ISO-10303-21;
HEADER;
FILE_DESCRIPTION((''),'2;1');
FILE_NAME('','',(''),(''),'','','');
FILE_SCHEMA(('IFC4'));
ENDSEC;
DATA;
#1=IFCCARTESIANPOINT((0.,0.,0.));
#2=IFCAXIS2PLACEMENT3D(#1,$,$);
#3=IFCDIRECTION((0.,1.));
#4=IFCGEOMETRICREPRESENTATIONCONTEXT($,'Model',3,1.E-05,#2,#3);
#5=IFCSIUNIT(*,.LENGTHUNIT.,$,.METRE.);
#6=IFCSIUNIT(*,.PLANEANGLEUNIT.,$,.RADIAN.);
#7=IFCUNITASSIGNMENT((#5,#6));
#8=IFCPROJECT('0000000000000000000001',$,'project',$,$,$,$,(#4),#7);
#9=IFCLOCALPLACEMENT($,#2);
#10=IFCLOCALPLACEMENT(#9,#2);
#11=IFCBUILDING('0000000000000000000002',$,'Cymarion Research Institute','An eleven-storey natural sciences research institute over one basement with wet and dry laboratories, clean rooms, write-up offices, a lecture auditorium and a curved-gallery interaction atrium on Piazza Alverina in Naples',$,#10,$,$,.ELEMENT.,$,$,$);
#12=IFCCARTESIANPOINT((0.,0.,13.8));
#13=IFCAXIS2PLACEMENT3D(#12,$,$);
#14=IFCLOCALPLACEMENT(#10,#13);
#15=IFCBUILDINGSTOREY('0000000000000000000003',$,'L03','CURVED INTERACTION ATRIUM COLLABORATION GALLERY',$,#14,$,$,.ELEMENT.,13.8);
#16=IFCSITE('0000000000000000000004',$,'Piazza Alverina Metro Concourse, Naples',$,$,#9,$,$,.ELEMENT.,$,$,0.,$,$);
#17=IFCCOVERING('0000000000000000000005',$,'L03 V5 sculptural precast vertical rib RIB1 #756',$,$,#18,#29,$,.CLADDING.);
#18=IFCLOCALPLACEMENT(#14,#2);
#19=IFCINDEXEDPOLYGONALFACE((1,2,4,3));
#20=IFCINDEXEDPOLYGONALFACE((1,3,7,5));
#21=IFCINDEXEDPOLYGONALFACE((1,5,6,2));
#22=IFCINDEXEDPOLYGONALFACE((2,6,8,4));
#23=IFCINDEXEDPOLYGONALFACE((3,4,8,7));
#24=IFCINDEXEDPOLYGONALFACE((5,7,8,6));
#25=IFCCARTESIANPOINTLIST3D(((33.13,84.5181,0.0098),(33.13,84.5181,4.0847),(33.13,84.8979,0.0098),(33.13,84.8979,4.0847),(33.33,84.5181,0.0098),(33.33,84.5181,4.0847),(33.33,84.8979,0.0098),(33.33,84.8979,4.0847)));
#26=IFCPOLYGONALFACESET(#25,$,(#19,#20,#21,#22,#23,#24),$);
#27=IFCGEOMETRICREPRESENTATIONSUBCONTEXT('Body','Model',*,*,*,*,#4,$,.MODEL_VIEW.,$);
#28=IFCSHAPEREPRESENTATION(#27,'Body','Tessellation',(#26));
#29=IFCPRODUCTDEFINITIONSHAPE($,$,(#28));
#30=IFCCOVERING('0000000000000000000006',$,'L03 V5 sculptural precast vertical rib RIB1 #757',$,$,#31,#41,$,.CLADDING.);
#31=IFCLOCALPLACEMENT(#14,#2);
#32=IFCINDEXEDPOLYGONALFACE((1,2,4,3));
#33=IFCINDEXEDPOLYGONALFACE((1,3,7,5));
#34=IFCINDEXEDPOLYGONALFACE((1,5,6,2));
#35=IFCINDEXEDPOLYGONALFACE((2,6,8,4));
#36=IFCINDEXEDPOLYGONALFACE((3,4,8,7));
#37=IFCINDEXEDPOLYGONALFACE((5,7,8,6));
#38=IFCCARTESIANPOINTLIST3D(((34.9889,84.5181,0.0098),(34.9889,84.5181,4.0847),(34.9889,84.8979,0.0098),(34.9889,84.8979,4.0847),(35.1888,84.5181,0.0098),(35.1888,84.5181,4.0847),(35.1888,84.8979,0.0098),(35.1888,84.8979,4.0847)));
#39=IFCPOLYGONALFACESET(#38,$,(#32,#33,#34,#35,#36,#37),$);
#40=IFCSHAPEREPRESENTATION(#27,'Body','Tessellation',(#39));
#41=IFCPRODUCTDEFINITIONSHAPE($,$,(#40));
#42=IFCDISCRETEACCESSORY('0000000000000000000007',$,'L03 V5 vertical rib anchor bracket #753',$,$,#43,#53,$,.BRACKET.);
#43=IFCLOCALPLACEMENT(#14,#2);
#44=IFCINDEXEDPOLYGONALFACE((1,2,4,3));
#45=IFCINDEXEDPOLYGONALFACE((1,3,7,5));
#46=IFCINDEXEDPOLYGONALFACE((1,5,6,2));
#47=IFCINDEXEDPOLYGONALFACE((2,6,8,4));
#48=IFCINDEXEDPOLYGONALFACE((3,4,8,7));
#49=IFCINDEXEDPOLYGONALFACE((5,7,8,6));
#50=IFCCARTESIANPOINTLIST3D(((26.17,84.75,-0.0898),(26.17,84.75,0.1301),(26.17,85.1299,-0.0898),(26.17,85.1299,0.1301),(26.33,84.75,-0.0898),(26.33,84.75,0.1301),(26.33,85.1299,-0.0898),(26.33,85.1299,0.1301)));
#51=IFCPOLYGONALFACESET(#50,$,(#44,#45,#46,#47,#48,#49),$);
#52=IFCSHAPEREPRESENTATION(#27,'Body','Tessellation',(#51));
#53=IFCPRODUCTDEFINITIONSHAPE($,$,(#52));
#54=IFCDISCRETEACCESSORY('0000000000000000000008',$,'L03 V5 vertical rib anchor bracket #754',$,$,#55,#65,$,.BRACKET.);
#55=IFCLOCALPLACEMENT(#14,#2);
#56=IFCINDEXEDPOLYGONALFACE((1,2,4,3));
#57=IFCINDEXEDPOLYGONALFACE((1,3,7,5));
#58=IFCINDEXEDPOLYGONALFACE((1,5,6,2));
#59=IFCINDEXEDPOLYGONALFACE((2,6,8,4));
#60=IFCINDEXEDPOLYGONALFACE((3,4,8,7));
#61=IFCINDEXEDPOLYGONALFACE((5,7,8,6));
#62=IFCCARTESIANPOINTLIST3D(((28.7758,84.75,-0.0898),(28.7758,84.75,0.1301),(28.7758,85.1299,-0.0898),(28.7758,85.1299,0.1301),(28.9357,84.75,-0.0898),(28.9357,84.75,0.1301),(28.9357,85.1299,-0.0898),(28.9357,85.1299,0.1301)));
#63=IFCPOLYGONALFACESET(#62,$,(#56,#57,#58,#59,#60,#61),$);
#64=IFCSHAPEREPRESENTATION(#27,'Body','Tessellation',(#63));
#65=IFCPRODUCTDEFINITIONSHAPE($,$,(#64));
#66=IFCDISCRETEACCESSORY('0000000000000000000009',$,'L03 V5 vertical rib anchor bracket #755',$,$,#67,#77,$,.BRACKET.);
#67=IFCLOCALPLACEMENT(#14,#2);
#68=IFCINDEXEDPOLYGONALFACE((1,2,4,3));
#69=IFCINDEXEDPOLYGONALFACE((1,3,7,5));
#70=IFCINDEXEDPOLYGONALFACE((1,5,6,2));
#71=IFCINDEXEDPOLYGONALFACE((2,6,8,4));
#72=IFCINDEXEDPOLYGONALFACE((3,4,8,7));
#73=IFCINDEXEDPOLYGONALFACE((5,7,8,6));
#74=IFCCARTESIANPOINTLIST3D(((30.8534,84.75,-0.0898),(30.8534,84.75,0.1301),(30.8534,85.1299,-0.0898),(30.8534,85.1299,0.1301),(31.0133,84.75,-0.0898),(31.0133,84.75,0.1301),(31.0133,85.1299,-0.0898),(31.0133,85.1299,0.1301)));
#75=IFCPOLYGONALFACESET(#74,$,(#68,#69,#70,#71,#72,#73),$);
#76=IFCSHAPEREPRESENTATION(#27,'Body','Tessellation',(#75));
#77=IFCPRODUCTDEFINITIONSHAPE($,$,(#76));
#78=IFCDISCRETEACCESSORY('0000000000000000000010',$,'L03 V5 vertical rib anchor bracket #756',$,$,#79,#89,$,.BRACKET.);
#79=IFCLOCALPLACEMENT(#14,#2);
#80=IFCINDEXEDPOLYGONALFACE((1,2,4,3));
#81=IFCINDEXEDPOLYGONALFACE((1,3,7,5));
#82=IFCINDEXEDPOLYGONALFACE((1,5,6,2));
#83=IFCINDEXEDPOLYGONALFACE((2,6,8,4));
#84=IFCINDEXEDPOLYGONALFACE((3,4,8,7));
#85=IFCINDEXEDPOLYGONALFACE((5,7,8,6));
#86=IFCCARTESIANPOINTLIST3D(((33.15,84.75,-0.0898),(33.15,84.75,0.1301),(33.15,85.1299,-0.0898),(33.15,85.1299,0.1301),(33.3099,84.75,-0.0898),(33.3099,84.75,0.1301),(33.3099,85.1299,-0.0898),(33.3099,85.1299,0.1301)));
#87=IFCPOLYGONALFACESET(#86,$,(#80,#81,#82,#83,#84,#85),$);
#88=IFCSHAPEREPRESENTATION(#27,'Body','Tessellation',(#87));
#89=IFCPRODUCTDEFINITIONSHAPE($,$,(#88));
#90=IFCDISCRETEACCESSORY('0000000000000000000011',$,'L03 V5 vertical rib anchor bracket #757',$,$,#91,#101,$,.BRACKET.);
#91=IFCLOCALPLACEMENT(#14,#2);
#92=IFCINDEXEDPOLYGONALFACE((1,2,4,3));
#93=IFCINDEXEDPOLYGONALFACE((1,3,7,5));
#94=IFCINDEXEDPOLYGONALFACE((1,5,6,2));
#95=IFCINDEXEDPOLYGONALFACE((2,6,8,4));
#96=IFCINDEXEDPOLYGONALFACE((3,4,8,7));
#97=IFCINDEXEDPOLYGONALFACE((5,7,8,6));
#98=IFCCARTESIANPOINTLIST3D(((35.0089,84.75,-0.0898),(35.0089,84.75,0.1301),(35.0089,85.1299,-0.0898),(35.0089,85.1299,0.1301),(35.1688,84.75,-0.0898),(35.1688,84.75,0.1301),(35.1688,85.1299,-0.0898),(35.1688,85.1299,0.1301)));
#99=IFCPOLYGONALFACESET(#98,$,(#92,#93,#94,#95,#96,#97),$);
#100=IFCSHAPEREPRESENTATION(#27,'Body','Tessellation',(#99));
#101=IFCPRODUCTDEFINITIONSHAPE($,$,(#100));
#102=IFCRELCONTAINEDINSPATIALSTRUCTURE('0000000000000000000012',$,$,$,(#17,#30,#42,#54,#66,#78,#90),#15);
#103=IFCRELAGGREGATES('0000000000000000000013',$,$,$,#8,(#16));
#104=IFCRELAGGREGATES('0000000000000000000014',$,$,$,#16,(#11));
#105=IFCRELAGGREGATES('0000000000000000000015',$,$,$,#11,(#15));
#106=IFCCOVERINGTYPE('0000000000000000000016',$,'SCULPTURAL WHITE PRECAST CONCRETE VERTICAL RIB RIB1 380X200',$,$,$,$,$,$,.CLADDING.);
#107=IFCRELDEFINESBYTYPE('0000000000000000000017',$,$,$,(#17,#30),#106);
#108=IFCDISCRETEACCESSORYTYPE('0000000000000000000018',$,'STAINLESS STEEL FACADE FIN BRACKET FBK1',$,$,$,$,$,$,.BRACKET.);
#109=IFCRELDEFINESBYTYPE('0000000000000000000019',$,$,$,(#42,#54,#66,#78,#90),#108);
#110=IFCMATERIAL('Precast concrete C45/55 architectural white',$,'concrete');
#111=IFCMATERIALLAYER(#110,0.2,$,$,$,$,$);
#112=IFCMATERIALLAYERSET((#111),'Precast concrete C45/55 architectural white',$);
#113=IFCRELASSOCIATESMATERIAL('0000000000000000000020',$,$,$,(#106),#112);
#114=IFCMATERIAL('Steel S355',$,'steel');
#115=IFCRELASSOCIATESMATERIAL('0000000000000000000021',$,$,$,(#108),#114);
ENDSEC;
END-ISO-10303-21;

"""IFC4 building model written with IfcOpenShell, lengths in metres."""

from ifc_helpers import new_model, si_unit, direction, frame, origin, origin_2d, place, context, subcontext, project, spatial, rectangle, extrude, material, layer, layer_set, type_object, element, save


model = new_model("IFC4")

# Units and contexts
model_context = context("Model", 3, precision=1e-05, world=origin(), true_north=direction((0.0, 1.0)))
body_context = subcontext(model_context, "Body", "Model", "MODEL_VIEW")
ifc_project = project(units=[si_unit("LENGTHUNIT", "METRE"), si_unit("PLANEANGLEUNIT", "RADIAN")], contexts=[model_context])

# Site, building, storey
site_placement = place(None, origin())
site = spatial("IfcSite", under=ifc_project, at=site_placement, Name="Piazza Alverina Metro Concourse, Naples", CompositionType="ELEMENT", RefElevation=0.0)
building_placement = place(site_placement, origin())
building = spatial("IfcBuilding", under=site, at=building_placement, Name="Cymarion Research Institute", Description="An eleven-storey natural sciences research institute over one basement with wet and dry laboratories, clean rooms, write-up offices, a lecture auditorium and a curved-gallery interaction atrium on Piazza Alverina in Naples", CompositionType="ELEMENT")
storey_placement = place(building_placement, frame((0.0, 0.0, 13.8)))
storey = spatial("IfcBuildingStorey", under=building, at=storey_placement, Name="L03", Description="CURVED INTERACTION ATRIUM COLLABORATION GALLERY", CompositionType="ELEMENT", Elevation=13.8)

# Shared definitions
ifc_material_1 = material(Name="Steel S355", Category="steel")

# Coverings
ifc_material_2 = material(Name="Precast concrete C45/55 architectural white", Category="concrete")
ifc_layer_1 = layer(ifc_material_2, 0.2)
ifc_layer_set_1 = layer_set([ifc_layer_1], Name="Precast concrete C45/55 architectural white")
covering_type = type_object("IfcCoveringType", Name="SCULPTURAL WHITE PRECAST CONCRETE VERTICAL RIB RIB1 380X200", PredefinedType="CLADDING", material=ifc_layer_set_1)
for number, where, z_axis, x_axis, name in (
    (1, (33.23, 84.708, 0.0098), (0.0, 0.0, 1.0), (0.0, -1.0, 0.0), "L03 V5 sculptural precast vertical rib RIB1 #756"),
    (2, (35.0889, 84.708, 0.0098), (0.0, 0.0, 1.0), (0.0, -1.0, 0.0), "L03 V5 sculptural precast vertical rib RIB1 #757"),
):
    element("IfcCovering", number, at=place(storey_placement, frame(where, z_axis=z_axis, x_axis=x_axis)), inside=storey, type_object=covering_type, Name=name, PredefinedType="CLADDING", context=body_context, shape_type="SweptSolid", body=[
        extrude(rectangle(XDim=0.3799, YDim=0.2, at=origin_2d()), origin(), (0.0, 0.0, 1.0), 4.075),
    ])

# Discrete accessories
discrete_accessory_type = type_object("IfcDiscreteAccessoryType", Name="STAINLESS STEEL FACADE FIN BRACKET FBK1", PredefinedType="BRACKET", material=ifc_material_1)
for number, where, z_axis, x_axis, name in (
    (3, (26.25, 84.9399, -0.0898), (0.0, 0.0, 1.0), (0.0, -1.0, 0.0), "L03 V5 vertical rib anchor bracket #753"),
    (4, (28.8557, 84.9399, -0.0898), (0.0, 0.0, 1.0), (0.0, -1.0, 0.0), "L03 V5 vertical rib anchor bracket #754"),
    (5, (30.9333, 84.9399, -0.0898), (0.0, 0.0, 1.0), (0.0, -1.0, 0.0), "L03 V5 vertical rib anchor bracket #755"),
    (6, (33.23, 84.9399, -0.0898), (0.0, 0.0, 1.0), (0.0, -1.0, 0.0), "L03 V5 vertical rib anchor bracket #756"),
    (7, (35.0889, 84.9399, -0.0898), (0.0, 0.0, 1.0), (0.0, -1.0, 0.0), "L03 V5 vertical rib anchor bracket #757"),
):
    element("IfcDiscreteAccessory", number, at=place(storey_placement, frame(where, z_axis=z_axis, x_axis=x_axis)), inside=storey, type_object=discrete_accessory_type, Name=name, PredefinedType="BRACKET", context=body_context, shape_type="SweptSolid", body=[
        extrude(rectangle(XDim=0.3799, YDim=0.1599, at=origin_2d()), origin(), (0.0, 0.0, 1.0), 0.22),
    ])

save(model, "model.ifc")
